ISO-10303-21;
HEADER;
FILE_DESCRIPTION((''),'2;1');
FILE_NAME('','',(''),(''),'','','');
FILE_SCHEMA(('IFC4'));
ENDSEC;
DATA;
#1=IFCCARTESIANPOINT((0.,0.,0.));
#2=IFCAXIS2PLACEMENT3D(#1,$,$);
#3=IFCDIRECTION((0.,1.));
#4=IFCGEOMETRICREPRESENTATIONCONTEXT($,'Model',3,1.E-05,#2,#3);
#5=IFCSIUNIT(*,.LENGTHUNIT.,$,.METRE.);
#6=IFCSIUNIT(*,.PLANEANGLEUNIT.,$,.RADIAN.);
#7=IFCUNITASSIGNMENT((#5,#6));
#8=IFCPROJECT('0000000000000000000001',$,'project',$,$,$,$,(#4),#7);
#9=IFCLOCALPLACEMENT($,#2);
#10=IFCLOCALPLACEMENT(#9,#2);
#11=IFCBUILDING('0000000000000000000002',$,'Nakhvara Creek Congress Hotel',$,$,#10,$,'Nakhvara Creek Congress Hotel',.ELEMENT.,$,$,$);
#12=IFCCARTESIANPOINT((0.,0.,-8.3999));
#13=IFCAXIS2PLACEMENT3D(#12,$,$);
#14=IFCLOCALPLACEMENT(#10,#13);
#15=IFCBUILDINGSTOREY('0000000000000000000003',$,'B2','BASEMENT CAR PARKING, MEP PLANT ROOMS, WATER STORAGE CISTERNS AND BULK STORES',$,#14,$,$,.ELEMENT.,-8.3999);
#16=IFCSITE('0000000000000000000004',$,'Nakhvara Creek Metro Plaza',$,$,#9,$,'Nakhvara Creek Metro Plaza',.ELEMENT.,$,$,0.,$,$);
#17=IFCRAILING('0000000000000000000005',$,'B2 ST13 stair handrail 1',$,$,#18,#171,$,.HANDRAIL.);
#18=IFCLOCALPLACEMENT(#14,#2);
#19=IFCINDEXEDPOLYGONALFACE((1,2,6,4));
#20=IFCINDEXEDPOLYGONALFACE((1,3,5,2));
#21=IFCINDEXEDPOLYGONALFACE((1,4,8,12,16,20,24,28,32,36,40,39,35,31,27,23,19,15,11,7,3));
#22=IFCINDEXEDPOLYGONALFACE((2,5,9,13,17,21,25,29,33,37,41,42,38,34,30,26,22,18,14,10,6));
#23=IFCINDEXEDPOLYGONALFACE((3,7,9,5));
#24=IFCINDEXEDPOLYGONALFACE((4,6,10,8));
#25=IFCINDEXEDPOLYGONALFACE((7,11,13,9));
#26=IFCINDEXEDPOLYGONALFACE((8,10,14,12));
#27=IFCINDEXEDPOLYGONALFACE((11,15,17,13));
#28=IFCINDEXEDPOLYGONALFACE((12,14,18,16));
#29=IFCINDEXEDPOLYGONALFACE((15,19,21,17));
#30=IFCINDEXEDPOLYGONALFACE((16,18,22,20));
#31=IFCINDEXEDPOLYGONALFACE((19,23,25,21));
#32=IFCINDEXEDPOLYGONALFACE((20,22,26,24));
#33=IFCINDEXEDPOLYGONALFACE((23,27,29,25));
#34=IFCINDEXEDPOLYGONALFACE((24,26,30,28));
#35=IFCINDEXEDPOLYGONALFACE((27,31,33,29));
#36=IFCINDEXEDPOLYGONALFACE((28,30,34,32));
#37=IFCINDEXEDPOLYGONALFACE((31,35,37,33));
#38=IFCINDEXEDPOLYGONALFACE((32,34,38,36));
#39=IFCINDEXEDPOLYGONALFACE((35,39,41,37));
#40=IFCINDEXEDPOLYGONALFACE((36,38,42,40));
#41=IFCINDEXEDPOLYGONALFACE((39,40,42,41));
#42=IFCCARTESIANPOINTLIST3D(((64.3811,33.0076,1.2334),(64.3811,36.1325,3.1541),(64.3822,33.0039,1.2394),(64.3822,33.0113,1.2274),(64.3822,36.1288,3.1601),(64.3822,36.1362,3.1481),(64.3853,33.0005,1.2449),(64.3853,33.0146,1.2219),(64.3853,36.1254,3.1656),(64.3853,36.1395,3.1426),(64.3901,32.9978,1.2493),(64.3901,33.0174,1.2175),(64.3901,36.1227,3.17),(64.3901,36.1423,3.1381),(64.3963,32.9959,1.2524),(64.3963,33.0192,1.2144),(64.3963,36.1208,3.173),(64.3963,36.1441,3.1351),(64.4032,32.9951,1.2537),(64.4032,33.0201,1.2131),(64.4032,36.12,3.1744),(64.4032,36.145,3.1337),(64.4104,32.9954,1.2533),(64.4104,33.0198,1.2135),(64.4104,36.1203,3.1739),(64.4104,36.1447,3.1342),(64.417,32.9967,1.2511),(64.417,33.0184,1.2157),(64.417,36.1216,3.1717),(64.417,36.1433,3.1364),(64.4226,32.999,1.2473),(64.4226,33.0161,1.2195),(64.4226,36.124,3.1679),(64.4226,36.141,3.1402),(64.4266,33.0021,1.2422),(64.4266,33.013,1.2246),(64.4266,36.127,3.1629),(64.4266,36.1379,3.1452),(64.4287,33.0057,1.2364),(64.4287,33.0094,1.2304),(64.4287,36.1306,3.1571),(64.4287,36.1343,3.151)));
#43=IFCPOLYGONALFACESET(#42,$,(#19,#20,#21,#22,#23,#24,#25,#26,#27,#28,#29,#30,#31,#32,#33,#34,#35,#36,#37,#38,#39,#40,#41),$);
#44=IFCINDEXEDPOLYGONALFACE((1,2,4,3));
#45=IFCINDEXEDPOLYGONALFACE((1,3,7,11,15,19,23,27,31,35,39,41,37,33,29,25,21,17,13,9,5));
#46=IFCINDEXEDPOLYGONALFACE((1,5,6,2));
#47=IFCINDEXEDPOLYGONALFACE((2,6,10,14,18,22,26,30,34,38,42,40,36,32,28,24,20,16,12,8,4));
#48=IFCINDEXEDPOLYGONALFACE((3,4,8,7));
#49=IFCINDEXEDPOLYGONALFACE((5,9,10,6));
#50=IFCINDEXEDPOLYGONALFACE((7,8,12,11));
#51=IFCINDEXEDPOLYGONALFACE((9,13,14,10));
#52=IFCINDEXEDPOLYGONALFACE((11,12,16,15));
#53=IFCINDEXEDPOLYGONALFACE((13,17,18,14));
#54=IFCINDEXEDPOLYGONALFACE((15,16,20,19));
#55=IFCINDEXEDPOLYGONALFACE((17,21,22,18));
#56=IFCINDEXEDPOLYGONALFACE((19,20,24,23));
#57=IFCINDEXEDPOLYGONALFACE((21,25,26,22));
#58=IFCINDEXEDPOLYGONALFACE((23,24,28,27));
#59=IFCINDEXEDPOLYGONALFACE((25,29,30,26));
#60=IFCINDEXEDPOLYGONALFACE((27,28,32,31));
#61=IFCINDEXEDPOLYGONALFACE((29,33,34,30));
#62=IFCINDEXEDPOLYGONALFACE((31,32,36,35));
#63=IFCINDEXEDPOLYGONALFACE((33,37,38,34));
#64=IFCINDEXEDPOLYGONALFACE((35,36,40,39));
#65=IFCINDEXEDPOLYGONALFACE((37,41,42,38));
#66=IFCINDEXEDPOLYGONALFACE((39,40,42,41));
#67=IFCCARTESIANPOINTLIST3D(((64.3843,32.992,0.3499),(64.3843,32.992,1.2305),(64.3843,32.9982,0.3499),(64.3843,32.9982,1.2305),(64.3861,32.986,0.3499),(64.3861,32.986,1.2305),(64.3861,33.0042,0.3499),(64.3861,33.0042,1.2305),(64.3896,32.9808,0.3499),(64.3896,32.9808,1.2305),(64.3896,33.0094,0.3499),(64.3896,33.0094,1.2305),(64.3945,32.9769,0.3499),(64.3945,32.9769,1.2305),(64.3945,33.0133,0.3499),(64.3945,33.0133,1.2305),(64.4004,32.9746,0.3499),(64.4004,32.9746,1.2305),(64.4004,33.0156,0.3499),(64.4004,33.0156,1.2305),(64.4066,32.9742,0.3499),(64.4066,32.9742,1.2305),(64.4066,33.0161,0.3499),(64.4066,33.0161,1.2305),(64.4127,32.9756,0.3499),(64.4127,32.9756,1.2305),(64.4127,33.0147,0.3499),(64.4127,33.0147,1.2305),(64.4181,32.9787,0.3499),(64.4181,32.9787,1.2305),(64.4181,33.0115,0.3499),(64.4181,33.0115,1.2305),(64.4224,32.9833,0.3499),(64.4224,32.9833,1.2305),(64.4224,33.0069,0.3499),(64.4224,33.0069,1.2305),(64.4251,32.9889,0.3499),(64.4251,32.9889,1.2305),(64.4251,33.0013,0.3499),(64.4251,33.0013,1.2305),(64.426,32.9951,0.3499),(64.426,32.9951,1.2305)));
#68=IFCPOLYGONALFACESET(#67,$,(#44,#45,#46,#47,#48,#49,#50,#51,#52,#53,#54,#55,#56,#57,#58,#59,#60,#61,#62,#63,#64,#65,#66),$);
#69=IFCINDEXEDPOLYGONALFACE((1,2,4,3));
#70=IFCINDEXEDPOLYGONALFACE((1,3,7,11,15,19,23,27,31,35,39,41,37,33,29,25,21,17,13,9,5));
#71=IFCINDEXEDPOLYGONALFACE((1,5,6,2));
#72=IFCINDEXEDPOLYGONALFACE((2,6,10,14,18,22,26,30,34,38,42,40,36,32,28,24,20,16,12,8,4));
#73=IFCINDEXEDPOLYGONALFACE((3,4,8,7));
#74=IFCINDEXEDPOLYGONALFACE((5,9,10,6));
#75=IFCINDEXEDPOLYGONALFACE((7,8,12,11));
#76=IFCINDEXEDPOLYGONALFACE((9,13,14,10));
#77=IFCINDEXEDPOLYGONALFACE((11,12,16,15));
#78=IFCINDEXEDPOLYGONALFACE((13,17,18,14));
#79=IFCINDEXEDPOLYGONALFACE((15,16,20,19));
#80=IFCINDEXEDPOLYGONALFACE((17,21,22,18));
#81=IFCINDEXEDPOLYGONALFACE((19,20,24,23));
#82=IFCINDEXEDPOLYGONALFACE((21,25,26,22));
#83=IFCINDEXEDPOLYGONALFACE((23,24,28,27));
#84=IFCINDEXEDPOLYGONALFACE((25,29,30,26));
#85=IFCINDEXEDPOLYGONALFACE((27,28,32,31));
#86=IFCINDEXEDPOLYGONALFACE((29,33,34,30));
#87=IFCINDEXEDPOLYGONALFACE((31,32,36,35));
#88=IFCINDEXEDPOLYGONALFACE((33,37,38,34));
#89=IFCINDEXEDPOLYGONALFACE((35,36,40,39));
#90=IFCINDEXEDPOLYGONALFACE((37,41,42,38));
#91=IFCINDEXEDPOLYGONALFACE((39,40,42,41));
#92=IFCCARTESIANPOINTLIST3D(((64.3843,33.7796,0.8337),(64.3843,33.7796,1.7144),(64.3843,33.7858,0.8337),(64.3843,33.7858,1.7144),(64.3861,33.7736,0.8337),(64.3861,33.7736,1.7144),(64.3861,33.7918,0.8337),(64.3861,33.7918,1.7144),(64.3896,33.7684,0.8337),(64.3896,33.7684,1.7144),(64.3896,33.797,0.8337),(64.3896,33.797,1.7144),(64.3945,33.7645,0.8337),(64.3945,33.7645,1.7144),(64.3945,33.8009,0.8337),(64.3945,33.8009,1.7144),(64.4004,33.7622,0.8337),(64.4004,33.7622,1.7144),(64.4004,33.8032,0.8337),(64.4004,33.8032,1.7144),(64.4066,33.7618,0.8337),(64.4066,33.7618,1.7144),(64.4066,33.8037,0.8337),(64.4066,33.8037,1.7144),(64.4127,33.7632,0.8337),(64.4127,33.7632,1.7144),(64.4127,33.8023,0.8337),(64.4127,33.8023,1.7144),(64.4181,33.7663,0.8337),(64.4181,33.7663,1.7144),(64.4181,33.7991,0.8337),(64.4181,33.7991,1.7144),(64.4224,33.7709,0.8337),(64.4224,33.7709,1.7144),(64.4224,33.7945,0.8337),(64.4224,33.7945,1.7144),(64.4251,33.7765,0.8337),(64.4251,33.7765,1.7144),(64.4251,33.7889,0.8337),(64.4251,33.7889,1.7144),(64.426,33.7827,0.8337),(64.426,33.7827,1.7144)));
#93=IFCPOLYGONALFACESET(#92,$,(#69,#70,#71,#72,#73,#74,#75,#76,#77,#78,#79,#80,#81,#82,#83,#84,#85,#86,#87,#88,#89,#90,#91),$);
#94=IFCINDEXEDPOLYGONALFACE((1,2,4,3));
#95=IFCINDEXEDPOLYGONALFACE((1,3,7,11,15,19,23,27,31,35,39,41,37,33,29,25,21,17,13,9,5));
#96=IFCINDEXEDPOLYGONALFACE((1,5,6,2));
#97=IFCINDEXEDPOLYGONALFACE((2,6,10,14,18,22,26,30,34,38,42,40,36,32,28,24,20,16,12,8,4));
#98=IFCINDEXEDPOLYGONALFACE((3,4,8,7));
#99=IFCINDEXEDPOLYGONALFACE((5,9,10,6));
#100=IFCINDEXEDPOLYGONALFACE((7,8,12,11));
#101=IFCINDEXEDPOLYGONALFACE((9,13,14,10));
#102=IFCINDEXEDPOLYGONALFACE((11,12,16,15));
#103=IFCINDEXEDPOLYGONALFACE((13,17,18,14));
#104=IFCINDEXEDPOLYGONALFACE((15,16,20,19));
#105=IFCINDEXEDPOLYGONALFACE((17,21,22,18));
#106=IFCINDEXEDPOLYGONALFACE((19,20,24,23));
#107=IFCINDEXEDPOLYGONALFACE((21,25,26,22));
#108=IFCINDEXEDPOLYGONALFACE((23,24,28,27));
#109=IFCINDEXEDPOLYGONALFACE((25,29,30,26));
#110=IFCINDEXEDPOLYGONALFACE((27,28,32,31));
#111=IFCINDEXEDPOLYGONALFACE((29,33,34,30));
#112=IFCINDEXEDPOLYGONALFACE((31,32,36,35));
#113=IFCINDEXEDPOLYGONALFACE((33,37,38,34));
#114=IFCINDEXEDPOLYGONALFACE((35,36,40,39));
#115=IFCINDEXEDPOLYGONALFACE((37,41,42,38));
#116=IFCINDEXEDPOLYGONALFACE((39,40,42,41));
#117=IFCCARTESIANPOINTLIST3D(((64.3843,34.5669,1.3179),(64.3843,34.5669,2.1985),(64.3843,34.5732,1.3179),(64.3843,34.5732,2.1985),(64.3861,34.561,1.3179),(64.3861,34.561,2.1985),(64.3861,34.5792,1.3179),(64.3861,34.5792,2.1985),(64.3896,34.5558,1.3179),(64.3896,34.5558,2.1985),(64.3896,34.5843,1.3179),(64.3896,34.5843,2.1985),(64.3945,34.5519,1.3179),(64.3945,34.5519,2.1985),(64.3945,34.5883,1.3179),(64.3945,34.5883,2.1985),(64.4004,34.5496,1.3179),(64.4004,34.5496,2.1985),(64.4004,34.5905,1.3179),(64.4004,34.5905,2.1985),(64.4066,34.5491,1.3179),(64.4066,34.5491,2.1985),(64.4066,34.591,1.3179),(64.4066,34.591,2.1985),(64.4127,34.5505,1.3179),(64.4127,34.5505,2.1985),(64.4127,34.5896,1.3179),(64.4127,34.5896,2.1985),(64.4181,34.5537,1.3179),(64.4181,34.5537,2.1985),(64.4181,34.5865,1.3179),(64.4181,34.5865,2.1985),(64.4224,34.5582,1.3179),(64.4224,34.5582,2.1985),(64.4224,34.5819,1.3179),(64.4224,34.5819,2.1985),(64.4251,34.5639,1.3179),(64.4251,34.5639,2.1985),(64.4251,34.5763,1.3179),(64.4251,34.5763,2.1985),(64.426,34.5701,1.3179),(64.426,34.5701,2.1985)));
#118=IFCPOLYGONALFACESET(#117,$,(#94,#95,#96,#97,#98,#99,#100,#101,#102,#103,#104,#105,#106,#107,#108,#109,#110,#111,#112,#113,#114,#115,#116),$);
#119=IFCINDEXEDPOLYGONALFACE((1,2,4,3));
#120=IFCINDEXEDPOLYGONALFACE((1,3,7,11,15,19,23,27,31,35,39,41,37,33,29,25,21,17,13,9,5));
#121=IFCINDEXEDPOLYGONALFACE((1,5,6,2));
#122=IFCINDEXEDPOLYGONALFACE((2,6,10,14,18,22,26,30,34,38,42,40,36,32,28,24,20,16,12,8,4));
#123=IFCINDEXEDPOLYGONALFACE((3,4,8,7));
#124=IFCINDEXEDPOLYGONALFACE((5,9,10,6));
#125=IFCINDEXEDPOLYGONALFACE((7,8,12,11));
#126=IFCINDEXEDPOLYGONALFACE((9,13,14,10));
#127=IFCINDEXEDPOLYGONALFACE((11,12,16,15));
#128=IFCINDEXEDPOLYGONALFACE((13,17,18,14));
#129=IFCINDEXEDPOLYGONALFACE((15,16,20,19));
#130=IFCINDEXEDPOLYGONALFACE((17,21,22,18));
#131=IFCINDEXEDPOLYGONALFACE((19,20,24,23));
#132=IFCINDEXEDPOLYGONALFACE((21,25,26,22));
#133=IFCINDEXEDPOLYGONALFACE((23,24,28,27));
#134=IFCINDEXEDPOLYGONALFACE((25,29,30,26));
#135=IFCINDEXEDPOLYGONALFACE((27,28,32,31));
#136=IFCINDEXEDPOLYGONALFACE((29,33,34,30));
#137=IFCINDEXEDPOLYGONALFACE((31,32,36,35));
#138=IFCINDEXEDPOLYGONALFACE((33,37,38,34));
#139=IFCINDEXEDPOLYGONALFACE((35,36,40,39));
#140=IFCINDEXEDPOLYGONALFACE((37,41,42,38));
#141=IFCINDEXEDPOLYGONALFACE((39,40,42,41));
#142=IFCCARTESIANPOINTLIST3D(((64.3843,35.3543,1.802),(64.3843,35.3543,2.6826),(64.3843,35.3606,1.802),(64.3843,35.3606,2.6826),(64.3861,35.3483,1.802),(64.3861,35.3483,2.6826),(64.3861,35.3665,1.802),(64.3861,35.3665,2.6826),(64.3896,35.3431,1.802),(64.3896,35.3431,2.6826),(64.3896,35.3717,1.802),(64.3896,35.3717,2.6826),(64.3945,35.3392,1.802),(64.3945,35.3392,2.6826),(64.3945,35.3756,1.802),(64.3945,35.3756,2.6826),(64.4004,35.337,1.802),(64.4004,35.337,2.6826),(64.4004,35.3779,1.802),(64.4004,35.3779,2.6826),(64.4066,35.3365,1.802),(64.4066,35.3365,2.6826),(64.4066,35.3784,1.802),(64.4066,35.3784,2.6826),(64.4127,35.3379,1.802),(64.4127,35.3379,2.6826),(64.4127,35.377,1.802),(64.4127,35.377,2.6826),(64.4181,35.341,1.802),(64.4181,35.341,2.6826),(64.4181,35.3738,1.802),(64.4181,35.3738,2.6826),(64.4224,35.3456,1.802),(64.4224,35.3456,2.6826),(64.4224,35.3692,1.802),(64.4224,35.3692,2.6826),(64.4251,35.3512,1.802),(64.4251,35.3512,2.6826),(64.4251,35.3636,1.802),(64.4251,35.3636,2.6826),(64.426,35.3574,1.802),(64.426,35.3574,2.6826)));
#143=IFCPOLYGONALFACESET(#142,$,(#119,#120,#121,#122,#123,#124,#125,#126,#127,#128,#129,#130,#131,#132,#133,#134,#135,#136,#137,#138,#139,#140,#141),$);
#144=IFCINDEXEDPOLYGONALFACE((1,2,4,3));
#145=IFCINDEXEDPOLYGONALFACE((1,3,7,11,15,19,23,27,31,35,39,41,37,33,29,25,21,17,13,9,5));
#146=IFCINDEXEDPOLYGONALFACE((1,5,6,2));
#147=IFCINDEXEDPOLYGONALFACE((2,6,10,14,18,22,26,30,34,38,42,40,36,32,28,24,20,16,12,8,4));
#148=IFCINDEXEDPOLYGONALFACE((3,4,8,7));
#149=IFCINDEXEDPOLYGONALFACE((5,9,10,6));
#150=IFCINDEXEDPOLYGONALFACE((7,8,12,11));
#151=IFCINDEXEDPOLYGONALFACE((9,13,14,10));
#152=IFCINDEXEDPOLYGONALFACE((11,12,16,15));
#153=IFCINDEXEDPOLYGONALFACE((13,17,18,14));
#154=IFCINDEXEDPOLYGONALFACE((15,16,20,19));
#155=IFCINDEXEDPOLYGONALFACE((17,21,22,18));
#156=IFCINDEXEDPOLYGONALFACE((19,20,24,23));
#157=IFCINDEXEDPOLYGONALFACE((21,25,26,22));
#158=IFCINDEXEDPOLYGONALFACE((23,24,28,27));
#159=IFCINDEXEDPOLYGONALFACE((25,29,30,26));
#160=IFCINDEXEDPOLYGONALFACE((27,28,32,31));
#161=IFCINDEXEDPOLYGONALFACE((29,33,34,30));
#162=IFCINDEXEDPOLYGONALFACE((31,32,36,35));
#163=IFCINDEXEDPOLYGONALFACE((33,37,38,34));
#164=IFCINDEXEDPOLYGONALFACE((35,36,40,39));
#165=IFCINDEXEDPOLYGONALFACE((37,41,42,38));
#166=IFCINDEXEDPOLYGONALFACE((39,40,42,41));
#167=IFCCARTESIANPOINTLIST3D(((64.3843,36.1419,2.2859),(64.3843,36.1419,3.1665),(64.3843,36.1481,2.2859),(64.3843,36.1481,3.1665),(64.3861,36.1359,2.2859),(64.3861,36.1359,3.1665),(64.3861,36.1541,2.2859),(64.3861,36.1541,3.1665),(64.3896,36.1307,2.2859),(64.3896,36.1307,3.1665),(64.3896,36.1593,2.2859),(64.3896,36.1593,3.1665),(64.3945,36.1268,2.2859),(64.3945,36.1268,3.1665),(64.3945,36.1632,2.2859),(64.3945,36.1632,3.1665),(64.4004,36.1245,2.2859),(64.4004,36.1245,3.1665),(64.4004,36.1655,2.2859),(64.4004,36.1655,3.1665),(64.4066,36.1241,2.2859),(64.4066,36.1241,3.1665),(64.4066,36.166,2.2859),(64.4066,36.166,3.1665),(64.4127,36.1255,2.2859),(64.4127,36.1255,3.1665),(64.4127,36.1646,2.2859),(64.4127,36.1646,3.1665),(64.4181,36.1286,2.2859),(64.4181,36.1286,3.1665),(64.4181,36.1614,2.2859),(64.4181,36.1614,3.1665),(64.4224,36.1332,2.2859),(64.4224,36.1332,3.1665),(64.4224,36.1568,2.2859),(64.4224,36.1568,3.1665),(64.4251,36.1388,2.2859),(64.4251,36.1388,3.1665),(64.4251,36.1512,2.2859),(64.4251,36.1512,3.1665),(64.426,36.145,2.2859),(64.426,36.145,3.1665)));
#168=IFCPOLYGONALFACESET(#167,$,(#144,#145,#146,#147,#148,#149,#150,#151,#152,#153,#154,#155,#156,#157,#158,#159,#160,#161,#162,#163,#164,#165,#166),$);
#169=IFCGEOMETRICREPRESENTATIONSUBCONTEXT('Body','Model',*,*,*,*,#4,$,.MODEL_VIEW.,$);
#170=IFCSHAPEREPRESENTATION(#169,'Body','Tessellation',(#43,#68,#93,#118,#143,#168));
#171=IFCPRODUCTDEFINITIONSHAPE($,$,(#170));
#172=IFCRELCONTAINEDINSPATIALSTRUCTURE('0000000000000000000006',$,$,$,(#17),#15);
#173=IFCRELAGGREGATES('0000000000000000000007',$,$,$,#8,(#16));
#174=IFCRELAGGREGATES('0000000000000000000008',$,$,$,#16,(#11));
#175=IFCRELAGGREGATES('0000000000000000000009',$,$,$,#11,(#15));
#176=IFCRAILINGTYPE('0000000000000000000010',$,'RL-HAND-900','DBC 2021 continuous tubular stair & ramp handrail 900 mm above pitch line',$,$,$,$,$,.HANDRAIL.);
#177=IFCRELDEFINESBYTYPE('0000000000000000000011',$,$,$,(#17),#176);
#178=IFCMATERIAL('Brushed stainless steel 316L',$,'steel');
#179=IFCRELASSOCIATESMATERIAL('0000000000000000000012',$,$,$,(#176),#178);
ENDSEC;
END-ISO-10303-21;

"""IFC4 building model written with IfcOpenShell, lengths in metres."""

from ifc_helpers import new_model, si_unit, direction, frame, origin, origin_2d, place, context, subcontext, project, spatial, circle, extrude, material, type_object, element, save


model = new_model("IFC4")

# Units and contexts
model_context = context("Model", 3, precision=1e-05, world=origin(), true_north=direction((0.0, 1.0)))
body_context = subcontext(model_context, "Body", "Model", "MODEL_VIEW")
ifc_project = project(units=[si_unit("LENGTHUNIT", "METRE"), si_unit("PLANEANGLEUNIT", "RADIAN")], contexts=[model_context])

# Site, building, storey
site_placement = place(None, origin())
site = spatial("IfcSite", under=ifc_project, at=site_placement, Name="Nakhvara Creek Metro Plaza", LongName="Nakhvara Creek Metro Plaza", CompositionType="ELEMENT", RefElevation=0.0)
building_placement = place(site_placement, origin())
building = spatial("IfcBuilding", under=site, at=building_placement, Name="Nakhvara Creek Congress Hotel", LongName="Nakhvara Creek Congress Hotel", CompositionType="ELEMENT")
storey_placement = place(building_placement, frame((0.0, 0.0, -8.3999)))
storey = spatial("IfcBuildingStorey", under=building, at=storey_placement, Name="B2", Description="BASEMENT CAR PARKING, MEP PLANT ROOMS, WATER STORAGE CISTERNS AND BULK STORES", CompositionType="ELEMENT", Elevation=-8.3999)

# Railing
ifc_material_1 = material(Name="Brushed stainless steel 316L", Category="steel")
railing_type_1 = type_object("IfcRailingType", Name="RL-HAND-900", Description="DBC 2021 continuous tubular stair & ramp handrail 900 mm above pitch line", PredefinedType="HANDRAIL", material=ifc_material_1)
railing_1_placement = place(storey_placement, frame((64.405, 32.9951, 0.3499)))
element("IfcRailing", 1, at=railing_1_placement, inside=storey, type_object=railing_type_1, Name="B2 ST13 stair handrail 1", PredefinedType="HANDRAIL", context=body_context, shape_type="SweptSolid", body=[
    extrude(circle(Radius=0.0239, at=origin_2d()), frame((0.0, 0.0125, 0.8835), z_axis=(0.0, 0.851944, 0.523633), x_axis=(-1.0, 0.0, 0.0)), (0.0, 0.0, 1.0), 3.668),
    extrude(circle(Radius=0.021, at=origin_2d()), origin(), (0.0, 0.0, 1.0), 0.8806),
    extrude(circle(Radius=0.021, at=origin_2d()), frame((0.0, 0.7876, 0.4839)), (0.0, 0.0, 1.0), 0.8806),
    extrude(circle(Radius=0.021, at=origin_2d()), frame((0.0, 1.575, 0.968)), (0.0, 0.0, 1.0), 0.8806),
    extrude(circle(Radius=0.021, at=origin_2d()), frame((0.0, 2.3623, 1.4521)), (0.0, 0.0, 1.0), 0.8806),
    extrude(circle(Radius=0.021, at=origin_2d()), frame((0.0, 3.1499, 1.936)), (0.0, 0.0, 1.0), 0.8806),
])

save(model, "model.ifc")
